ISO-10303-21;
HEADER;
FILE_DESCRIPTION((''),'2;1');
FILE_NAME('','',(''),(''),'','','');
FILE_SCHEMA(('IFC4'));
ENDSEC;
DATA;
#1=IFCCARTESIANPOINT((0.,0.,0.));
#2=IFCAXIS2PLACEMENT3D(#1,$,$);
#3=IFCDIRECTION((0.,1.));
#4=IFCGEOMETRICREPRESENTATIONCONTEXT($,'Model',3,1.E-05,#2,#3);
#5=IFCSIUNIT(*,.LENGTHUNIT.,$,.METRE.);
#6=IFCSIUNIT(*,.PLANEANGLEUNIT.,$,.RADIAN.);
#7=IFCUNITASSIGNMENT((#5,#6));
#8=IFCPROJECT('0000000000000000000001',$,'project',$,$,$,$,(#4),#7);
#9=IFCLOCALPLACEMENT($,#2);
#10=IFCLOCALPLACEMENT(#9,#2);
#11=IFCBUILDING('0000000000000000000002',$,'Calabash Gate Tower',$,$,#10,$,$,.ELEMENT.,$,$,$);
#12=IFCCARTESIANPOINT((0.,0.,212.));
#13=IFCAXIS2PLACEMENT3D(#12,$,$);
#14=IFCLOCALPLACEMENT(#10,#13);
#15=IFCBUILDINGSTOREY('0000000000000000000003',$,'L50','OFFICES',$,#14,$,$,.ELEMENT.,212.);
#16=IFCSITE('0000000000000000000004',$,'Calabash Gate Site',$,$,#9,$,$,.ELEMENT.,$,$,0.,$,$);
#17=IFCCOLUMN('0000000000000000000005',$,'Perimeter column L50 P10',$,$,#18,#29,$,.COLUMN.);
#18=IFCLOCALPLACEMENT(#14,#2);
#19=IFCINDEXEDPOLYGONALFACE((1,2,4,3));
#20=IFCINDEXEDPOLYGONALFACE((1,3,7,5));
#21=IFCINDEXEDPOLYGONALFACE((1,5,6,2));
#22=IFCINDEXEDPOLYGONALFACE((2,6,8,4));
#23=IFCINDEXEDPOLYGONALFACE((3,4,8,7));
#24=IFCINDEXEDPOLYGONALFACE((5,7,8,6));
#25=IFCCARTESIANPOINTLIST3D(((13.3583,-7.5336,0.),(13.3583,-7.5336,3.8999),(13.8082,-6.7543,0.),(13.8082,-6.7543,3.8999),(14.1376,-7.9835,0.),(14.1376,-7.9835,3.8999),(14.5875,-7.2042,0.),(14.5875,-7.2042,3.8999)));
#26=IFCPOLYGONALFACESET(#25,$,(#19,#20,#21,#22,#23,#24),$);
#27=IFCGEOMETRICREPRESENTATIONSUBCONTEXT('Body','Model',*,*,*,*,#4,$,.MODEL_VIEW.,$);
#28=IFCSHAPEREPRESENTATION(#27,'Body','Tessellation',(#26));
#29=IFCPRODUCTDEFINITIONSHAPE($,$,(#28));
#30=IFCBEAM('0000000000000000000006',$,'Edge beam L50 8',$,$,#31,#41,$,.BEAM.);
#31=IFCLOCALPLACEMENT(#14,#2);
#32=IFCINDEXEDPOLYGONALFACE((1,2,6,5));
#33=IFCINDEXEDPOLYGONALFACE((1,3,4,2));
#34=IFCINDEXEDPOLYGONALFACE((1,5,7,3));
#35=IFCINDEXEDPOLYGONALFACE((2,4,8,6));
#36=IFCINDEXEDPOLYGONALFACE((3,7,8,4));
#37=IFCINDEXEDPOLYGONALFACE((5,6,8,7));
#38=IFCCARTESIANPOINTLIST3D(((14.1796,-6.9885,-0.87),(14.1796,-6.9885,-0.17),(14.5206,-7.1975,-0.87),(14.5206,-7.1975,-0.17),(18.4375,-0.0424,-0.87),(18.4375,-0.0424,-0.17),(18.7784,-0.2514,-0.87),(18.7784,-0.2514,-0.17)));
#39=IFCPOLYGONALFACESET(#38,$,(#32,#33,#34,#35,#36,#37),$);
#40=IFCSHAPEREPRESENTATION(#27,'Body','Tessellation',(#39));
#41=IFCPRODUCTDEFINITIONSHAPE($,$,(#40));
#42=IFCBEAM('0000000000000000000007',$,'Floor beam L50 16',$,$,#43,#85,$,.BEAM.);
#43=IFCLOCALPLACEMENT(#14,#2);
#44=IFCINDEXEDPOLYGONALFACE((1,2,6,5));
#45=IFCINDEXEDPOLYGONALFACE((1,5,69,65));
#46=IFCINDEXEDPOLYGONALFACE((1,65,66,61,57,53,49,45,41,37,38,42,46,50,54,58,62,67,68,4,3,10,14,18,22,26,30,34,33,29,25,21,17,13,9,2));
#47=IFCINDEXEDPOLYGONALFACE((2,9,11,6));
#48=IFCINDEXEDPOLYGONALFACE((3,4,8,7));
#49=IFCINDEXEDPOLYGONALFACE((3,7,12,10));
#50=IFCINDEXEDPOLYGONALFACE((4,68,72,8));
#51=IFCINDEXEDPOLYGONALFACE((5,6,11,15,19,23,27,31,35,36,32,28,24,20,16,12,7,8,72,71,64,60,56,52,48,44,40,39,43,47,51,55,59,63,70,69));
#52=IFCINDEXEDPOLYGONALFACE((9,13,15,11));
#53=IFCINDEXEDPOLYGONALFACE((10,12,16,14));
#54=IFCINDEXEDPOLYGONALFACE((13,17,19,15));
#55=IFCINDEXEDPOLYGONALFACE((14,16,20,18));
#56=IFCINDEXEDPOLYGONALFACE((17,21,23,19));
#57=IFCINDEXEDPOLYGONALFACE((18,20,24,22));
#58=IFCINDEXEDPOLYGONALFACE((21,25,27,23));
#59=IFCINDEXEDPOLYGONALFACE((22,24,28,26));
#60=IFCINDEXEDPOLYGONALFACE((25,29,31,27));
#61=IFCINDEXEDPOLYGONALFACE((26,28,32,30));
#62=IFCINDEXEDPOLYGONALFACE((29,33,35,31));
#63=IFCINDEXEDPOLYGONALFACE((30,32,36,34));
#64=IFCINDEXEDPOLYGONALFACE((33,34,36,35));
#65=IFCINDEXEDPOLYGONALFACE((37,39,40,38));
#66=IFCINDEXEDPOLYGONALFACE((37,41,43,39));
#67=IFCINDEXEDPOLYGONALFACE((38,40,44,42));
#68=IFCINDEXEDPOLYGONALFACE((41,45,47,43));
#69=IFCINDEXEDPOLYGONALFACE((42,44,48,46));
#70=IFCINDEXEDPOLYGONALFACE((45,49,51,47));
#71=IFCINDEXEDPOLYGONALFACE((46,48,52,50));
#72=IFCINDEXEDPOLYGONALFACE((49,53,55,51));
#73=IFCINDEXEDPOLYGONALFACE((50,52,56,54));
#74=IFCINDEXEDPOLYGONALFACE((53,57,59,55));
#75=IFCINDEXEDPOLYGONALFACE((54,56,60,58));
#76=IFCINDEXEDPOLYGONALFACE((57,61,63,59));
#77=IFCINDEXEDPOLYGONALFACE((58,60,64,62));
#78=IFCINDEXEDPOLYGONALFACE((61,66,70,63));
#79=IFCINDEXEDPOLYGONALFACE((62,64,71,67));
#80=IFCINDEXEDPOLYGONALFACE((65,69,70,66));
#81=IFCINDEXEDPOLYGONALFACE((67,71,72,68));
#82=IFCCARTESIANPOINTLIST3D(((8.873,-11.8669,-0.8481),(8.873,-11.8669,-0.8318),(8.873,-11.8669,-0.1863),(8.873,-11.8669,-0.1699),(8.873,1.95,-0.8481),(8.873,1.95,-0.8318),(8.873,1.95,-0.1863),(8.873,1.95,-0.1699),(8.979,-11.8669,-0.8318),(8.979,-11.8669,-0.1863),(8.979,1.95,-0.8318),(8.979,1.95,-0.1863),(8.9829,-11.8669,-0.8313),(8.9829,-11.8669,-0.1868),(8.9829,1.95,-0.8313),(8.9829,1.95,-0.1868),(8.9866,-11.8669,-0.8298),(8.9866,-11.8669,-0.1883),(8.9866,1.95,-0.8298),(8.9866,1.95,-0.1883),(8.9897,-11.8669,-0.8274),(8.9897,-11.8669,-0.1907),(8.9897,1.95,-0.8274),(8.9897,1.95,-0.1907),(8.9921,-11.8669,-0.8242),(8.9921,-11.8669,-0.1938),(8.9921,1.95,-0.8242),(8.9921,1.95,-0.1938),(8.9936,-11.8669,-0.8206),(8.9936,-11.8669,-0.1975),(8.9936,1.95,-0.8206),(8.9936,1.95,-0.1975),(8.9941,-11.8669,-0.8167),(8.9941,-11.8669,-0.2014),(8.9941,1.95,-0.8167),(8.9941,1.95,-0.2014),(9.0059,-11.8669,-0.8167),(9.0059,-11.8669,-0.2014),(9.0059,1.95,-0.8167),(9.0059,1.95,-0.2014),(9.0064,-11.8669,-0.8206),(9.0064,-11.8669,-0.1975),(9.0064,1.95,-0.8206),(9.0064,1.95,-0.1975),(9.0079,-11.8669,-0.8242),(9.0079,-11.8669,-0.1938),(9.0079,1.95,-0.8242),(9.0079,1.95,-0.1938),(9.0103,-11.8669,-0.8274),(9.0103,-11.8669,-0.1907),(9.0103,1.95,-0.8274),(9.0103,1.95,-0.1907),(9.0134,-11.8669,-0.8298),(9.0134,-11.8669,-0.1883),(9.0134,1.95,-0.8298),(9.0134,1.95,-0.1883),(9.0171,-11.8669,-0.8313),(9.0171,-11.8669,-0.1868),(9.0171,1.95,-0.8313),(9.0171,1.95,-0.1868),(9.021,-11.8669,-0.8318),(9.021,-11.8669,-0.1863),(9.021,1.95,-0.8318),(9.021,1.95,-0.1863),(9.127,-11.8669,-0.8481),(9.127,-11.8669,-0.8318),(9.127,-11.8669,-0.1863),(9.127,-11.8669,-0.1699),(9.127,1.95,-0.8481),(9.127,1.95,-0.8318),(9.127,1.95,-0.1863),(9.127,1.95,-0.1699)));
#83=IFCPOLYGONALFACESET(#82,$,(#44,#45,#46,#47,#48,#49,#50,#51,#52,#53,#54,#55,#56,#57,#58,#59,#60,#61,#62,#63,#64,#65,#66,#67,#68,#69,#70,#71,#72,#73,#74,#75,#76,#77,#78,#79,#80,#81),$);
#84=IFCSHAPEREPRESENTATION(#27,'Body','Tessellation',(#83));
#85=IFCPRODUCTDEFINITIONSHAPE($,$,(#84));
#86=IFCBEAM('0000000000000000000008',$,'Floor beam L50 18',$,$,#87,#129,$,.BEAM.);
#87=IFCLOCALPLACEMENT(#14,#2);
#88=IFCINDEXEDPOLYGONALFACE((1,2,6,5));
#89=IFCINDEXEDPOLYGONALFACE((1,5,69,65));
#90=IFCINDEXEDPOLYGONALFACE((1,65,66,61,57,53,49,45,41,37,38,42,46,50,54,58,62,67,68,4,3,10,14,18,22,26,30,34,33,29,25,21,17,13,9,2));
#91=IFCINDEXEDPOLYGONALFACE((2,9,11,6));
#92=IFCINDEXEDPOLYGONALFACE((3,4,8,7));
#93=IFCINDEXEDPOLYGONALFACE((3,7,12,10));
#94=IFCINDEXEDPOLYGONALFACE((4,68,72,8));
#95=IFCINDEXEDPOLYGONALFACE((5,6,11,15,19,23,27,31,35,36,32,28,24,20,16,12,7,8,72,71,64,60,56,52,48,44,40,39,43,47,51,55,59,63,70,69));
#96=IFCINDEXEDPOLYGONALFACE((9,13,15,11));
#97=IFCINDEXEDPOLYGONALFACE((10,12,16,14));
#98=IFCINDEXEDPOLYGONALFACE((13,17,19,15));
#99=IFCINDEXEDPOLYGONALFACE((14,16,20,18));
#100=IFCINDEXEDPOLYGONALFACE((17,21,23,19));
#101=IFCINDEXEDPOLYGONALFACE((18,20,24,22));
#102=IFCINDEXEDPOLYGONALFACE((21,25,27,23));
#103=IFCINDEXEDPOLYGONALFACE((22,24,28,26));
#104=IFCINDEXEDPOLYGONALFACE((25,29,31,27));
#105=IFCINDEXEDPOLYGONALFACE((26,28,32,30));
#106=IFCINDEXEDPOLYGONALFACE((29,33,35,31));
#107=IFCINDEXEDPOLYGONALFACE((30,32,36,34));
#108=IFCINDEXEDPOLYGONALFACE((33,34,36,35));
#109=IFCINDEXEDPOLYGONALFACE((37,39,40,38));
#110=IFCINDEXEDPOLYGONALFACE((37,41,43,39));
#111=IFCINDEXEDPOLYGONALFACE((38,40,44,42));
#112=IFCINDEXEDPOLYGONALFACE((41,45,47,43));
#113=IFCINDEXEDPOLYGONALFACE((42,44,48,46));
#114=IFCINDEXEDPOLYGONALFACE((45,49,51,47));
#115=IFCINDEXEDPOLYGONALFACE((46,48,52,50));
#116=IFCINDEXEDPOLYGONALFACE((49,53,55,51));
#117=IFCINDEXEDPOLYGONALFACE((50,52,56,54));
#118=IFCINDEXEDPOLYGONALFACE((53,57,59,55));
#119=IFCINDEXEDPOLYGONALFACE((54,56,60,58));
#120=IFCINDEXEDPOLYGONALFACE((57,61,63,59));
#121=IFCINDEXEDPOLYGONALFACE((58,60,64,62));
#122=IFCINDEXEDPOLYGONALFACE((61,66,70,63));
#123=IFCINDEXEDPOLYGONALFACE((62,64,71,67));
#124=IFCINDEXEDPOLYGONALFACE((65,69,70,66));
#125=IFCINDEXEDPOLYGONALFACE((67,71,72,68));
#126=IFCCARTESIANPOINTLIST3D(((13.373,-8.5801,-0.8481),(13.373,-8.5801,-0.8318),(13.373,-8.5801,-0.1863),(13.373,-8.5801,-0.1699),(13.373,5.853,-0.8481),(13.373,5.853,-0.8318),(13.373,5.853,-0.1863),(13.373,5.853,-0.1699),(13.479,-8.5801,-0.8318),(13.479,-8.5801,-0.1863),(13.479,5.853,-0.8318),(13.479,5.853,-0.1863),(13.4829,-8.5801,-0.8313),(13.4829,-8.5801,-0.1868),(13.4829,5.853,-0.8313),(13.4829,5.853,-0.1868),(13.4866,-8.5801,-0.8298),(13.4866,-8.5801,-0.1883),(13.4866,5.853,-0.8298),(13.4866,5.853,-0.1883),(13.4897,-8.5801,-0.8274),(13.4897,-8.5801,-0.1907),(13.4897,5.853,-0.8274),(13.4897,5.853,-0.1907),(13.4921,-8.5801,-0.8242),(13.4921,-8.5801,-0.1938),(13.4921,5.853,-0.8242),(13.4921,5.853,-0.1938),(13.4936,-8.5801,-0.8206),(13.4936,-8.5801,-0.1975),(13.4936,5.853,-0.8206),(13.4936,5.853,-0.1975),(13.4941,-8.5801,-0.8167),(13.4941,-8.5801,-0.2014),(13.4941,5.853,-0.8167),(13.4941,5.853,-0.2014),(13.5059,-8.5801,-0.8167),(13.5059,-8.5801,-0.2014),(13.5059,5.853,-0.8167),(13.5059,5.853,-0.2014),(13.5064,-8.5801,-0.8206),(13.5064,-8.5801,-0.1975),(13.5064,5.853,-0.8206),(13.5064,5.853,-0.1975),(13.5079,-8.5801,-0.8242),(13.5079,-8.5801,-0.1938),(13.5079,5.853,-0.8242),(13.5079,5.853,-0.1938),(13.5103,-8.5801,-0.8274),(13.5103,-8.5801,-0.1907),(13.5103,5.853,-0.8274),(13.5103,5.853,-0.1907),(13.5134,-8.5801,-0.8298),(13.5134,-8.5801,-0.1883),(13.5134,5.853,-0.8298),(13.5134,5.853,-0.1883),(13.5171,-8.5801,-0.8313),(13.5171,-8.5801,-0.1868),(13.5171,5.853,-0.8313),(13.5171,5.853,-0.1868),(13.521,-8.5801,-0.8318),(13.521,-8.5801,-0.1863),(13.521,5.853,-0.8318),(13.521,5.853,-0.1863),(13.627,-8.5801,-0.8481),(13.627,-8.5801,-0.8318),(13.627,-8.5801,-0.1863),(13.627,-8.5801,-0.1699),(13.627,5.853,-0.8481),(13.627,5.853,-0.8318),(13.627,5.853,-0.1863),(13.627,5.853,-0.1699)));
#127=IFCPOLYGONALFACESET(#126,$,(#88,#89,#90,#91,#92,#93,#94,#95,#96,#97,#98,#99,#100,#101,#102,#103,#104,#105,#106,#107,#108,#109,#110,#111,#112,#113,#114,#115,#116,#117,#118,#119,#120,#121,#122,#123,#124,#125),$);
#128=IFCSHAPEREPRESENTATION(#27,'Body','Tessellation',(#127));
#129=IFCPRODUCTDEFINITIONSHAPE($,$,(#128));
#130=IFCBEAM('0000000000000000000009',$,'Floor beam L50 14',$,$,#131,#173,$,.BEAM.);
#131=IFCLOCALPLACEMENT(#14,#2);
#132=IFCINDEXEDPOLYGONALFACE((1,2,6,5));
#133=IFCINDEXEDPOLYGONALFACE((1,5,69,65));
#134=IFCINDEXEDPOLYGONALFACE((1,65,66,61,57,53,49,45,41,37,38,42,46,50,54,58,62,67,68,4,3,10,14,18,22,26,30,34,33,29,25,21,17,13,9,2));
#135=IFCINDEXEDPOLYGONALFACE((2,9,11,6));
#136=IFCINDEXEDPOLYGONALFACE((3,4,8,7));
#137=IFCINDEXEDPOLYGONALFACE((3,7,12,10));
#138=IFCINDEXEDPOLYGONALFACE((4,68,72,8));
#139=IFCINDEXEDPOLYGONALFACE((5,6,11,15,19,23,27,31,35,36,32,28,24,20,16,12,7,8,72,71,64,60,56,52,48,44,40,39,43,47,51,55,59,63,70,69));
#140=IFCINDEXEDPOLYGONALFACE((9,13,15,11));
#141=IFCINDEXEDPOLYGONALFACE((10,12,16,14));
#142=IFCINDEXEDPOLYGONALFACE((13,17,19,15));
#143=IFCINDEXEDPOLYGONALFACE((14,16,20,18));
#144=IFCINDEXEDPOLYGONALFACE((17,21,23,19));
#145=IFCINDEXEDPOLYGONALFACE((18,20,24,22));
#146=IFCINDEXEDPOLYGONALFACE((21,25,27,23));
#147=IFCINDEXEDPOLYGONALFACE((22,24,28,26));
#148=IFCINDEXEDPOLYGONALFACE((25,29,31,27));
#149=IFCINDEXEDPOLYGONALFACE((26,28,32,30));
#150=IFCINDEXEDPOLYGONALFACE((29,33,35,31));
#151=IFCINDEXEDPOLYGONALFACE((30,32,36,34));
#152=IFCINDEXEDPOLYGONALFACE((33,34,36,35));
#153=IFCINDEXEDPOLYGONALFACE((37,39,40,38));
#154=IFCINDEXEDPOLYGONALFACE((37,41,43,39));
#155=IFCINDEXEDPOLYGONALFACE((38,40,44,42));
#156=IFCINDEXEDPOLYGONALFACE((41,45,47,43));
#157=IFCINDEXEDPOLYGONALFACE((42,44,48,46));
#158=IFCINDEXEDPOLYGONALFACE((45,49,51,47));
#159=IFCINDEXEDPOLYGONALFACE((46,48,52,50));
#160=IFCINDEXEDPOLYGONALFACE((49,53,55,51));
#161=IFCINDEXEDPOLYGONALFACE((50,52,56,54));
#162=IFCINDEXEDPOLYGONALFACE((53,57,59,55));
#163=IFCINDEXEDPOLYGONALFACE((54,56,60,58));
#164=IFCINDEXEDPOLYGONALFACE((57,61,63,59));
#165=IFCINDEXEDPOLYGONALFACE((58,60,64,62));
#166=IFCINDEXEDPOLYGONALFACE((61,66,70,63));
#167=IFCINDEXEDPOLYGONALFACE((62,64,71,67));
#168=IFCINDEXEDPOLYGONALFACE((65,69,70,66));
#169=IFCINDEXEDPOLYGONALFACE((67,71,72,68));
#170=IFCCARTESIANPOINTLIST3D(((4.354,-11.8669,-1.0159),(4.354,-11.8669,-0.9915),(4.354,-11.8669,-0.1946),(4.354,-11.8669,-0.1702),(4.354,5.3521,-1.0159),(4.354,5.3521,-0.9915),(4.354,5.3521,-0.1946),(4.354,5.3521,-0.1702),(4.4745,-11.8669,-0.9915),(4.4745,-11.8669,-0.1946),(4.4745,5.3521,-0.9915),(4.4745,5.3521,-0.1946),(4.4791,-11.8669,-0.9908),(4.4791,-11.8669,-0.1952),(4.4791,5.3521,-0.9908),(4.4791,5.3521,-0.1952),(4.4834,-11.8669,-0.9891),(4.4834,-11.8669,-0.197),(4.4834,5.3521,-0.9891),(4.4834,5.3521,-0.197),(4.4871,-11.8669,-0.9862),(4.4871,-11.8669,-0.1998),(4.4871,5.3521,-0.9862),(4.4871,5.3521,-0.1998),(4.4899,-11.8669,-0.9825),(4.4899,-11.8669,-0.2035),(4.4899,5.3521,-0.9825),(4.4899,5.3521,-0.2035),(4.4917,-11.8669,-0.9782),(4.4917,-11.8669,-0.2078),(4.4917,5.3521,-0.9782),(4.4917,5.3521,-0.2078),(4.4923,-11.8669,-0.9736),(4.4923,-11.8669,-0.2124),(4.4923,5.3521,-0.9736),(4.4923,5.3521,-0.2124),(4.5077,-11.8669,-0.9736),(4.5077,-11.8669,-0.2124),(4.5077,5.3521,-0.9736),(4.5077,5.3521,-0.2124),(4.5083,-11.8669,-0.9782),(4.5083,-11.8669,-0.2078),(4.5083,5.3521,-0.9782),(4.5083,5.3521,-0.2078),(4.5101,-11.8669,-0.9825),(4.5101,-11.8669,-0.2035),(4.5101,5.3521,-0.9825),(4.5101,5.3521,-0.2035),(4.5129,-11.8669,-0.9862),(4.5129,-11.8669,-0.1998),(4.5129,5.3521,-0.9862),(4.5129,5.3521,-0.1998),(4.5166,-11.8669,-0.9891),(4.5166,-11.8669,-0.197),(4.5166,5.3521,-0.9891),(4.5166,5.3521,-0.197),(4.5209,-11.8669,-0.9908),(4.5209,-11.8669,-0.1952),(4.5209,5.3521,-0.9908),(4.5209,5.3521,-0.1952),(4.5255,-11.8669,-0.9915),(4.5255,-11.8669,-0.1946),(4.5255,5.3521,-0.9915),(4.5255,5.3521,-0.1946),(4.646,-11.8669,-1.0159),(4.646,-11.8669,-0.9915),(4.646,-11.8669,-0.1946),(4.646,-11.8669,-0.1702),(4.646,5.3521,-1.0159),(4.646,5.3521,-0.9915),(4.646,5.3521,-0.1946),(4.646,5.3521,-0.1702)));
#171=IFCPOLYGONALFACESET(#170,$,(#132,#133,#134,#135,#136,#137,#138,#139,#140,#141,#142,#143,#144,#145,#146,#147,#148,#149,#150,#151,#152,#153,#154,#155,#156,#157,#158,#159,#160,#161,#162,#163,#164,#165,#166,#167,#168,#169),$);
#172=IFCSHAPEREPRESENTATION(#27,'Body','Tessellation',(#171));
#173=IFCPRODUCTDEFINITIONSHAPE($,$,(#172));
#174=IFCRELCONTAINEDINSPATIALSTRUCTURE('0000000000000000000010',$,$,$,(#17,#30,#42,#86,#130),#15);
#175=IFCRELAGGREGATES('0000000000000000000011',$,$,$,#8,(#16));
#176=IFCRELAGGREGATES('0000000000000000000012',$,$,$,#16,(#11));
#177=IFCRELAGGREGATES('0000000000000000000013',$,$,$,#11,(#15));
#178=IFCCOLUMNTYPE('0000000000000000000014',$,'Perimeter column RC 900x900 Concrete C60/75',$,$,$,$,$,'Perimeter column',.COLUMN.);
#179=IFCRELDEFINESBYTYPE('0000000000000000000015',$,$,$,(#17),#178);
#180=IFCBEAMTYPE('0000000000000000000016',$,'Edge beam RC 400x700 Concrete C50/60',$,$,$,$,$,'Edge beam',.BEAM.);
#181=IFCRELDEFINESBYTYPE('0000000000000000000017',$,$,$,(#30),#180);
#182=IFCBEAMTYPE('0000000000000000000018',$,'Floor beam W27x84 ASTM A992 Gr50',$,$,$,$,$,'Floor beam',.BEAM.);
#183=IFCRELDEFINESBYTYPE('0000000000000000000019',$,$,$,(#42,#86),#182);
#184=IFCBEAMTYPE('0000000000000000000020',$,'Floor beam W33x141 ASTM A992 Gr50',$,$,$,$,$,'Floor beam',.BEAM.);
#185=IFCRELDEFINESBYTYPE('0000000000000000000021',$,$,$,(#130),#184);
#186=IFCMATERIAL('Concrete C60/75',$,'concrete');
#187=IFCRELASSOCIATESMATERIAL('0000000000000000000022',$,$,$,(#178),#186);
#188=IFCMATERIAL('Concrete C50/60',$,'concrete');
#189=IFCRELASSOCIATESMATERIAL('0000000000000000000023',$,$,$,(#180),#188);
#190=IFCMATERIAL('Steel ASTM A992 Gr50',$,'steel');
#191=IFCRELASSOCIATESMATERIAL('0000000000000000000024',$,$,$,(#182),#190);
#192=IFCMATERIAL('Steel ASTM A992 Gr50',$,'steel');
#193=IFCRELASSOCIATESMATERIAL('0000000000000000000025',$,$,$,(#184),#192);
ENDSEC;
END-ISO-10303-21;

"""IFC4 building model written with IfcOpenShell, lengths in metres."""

from ifc_helpers import new_model, si_unit, direction, frame, origin, origin_2d, place, context, subcontext, project, spatial, rectangle, i_section, extrude, material, material_profile, profile_set, type_object, element, save


model = new_model("IFC4")

# Units and contexts
model_context = context("Model", 3, precision=1e-05, world=origin(), true_north=direction((0.0, 1.0)))
body_context = subcontext(model_context, "Body", "Model", "MODEL_VIEW")
ifc_project = project(units=[si_unit("LENGTHUNIT", "METRE"), si_unit("PLANEANGLEUNIT", "RADIAN")], contexts=[model_context])

# Site, building, storey
site_placement = place(None, origin())
site = spatial("IfcSite", under=ifc_project, at=site_placement, Name="Calabash Gate Site", CompositionType="ELEMENT", RefElevation=0.0)
building_placement = place(site_placement, origin())
building = spatial("IfcBuilding", under=site, at=building_placement, Name="Calabash Gate Tower", CompositionType="ELEMENT")
storey_placement = place(building_placement, frame((0.0, 0.0, 212.0)))
storey = spatial("IfcBuildingStorey", under=building, at=storey_placement, Name="L50", Description="OFFICES", CompositionType="ELEMENT", Elevation=212.0)

# Column
ifc_material_1 = material(Name="Concrete C60/75", Category="concrete")
ifc_material_profile_1 = material_profile(ifc_material_1, rectangle(XDim=0.8999, YDim=0.8999, at=origin_2d()))
ifc_profile_set_1 = profile_set([ifc_material_profile_1], Name="Concrete C60/75")
column_type = type_object("IfcColumnType", Name="Perimeter column RC 900x900 Concrete C60/75", ElementType="Perimeter column", PredefinedType="COLUMN", material=ifc_profile_set_1)
column_placement = place(storey_placement, frame((13.9729, -7.3689, 0.0), z_axis=(0.0, 0.0, 1.0), x_axis=(0.5, 0.866025, 0.0)))
element("IfcColumn", 1, at=column_placement, inside=storey, type_object=column_type, Name="Perimeter column L50 P10", PredefinedType="COLUMN", context=body_context, shape_type="SweptSolid", body=[
    extrude(rectangle(XDim=0.8999, YDim=0.8999, at=origin_2d()), origin(), (0.0, 0.0, 1.0), 3.8999),
])

# Beams
ifc_material_2 = material(Name="Concrete C50/60", Category="concrete")
ifc_material_profile_2 = material_profile(ifc_material_2, rectangle(XDim=0.3999, YDim=0.7, at=origin_2d()))
ifc_profile_set_2 = profile_set([ifc_material_profile_2], Name="Concrete C50/60")
beam_type_1 = type_object("IfcBeamType", Name="Edge beam RC 400x700 Concrete C50/60", ElementType="Edge beam", PredefinedType="BEAM", material=ifc_profile_set_2)
beam_1_placement = place(storey_placement, frame((14.3501, -7.093, -0.52), z_axis=(0.522612, 0.852571, 0.0), x_axis=(-0.852571, 0.522612, 0.0)))
element("IfcBeam", 2, at=beam_1_placement, inside=storey, type_object=beam_type_1, Name="Edge beam L50 8", PredefinedType="BEAM", context=body_context, shape_type="SweptSolid", body=[
    extrude(rectangle(XDim=0.3999, YDim=0.7, at=origin_2d()), origin(), (0.0, 0.0, 1.0), 8.1472),
])
ifc_material_3 = material(Name="Steel ASTM A992 Gr50", Category="steel")
ifc_material_profile_3 = material_profile(ifc_material_3, i_section(OverallWidth=0.2539, OverallDepth=0.6782, WebThickness=0.0117, FlangeThickness=0.0164, FilletRadius=0.0151, at=origin_2d()))
ifc_profile_set_3 = profile_set([ifc_material_profile_3], Name="Steel ASTM A992 Gr50")
beam_type_2 = type_object("IfcBeamType", Name="Floor beam W27x84 ASTM A992 Gr50", ElementType="Floor beam", PredefinedType="BEAM", material=ifc_profile_set_3)
beam_2_placement = place(storey_placement, frame((9.0, -11.8669, -0.509), z_axis=(0.0, 1.0, 0.0), x_axis=(-1.0, 0.0, 0.0)))
element("IfcBeam", 3, at=beam_2_placement, inside=storey, type_object=beam_type_2, Name="Floor beam L50 16", PredefinedType="BEAM", context=body_context, shape_type="SweptSolid", body=[
    extrude(i_section(OverallWidth=0.2539, OverallDepth=0.6782, WebThickness=0.0117, FlangeThickness=0.0164, FilletRadius=0.0151, at=origin_2d()), origin(), (0.0, 0.0, 1.0), 13.8169),
])
beam_3_placement = place(storey_placement, frame((13.5, -8.5801, -0.509), z_axis=(0.0, 1.0, 0.0), x_axis=(-1.0, 0.0, 0.0)))
element("IfcBeam", 4, at=beam_3_placement, inside=storey, type_object=beam_type_2, Name="Floor beam L50 18", PredefinedType="BEAM", context=body_context, shape_type="SweptSolid", body=[
    extrude(i_section(OverallWidth=0.2539, OverallDepth=0.6782, WebThickness=0.0117, FlangeThickness=0.0164, FilletRadius=0.0151, at=origin_2d()), origin(), (0.0, 0.0, 1.0), 14.4331),
])
ifc_material_4 = material(Name="Steel ASTM A992 Gr50", Category="steel")
ifc_material_profile_4 = material_profile(ifc_material_4, i_section(OverallWidth=0.292, OverallDepth=0.8457, WebThickness=0.0154, FlangeThickness=0.0244, FilletRadius=0.0178, at=origin_2d()))
ifc_profile_set_4 = profile_set([ifc_material_profile_4], Name="Steel ASTM A992 Gr50")
beam_type_3 = type_object("IfcBeamType", Name="Floor beam W33x141 ASTM A992 Gr50", ElementType="Floor beam", PredefinedType="BEAM", material=ifc_profile_set_4)
beam_4_placement = place(storey_placement, frame((4.5, -11.8669, -0.593), z_axis=(0.0, 1.0, 0.0), x_axis=(-1.0, 0.0, 0.0)))
element("IfcBeam", 5, at=beam_4_placement, inside=storey, type_object=beam_type_3, Name="Floor beam L50 14", PredefinedType="BEAM", context=body_context, shape_type="SweptSolid", body=[
    extrude(i_section(OverallWidth=0.292, OverallDepth=0.8457, WebThickness=0.0154, FlangeThickness=0.0244, FilletRadius=0.0178, at=origin_2d()), origin(), (0.0, 0.0, 1.0), 17.219),
])

save(model, "model.ifc")
